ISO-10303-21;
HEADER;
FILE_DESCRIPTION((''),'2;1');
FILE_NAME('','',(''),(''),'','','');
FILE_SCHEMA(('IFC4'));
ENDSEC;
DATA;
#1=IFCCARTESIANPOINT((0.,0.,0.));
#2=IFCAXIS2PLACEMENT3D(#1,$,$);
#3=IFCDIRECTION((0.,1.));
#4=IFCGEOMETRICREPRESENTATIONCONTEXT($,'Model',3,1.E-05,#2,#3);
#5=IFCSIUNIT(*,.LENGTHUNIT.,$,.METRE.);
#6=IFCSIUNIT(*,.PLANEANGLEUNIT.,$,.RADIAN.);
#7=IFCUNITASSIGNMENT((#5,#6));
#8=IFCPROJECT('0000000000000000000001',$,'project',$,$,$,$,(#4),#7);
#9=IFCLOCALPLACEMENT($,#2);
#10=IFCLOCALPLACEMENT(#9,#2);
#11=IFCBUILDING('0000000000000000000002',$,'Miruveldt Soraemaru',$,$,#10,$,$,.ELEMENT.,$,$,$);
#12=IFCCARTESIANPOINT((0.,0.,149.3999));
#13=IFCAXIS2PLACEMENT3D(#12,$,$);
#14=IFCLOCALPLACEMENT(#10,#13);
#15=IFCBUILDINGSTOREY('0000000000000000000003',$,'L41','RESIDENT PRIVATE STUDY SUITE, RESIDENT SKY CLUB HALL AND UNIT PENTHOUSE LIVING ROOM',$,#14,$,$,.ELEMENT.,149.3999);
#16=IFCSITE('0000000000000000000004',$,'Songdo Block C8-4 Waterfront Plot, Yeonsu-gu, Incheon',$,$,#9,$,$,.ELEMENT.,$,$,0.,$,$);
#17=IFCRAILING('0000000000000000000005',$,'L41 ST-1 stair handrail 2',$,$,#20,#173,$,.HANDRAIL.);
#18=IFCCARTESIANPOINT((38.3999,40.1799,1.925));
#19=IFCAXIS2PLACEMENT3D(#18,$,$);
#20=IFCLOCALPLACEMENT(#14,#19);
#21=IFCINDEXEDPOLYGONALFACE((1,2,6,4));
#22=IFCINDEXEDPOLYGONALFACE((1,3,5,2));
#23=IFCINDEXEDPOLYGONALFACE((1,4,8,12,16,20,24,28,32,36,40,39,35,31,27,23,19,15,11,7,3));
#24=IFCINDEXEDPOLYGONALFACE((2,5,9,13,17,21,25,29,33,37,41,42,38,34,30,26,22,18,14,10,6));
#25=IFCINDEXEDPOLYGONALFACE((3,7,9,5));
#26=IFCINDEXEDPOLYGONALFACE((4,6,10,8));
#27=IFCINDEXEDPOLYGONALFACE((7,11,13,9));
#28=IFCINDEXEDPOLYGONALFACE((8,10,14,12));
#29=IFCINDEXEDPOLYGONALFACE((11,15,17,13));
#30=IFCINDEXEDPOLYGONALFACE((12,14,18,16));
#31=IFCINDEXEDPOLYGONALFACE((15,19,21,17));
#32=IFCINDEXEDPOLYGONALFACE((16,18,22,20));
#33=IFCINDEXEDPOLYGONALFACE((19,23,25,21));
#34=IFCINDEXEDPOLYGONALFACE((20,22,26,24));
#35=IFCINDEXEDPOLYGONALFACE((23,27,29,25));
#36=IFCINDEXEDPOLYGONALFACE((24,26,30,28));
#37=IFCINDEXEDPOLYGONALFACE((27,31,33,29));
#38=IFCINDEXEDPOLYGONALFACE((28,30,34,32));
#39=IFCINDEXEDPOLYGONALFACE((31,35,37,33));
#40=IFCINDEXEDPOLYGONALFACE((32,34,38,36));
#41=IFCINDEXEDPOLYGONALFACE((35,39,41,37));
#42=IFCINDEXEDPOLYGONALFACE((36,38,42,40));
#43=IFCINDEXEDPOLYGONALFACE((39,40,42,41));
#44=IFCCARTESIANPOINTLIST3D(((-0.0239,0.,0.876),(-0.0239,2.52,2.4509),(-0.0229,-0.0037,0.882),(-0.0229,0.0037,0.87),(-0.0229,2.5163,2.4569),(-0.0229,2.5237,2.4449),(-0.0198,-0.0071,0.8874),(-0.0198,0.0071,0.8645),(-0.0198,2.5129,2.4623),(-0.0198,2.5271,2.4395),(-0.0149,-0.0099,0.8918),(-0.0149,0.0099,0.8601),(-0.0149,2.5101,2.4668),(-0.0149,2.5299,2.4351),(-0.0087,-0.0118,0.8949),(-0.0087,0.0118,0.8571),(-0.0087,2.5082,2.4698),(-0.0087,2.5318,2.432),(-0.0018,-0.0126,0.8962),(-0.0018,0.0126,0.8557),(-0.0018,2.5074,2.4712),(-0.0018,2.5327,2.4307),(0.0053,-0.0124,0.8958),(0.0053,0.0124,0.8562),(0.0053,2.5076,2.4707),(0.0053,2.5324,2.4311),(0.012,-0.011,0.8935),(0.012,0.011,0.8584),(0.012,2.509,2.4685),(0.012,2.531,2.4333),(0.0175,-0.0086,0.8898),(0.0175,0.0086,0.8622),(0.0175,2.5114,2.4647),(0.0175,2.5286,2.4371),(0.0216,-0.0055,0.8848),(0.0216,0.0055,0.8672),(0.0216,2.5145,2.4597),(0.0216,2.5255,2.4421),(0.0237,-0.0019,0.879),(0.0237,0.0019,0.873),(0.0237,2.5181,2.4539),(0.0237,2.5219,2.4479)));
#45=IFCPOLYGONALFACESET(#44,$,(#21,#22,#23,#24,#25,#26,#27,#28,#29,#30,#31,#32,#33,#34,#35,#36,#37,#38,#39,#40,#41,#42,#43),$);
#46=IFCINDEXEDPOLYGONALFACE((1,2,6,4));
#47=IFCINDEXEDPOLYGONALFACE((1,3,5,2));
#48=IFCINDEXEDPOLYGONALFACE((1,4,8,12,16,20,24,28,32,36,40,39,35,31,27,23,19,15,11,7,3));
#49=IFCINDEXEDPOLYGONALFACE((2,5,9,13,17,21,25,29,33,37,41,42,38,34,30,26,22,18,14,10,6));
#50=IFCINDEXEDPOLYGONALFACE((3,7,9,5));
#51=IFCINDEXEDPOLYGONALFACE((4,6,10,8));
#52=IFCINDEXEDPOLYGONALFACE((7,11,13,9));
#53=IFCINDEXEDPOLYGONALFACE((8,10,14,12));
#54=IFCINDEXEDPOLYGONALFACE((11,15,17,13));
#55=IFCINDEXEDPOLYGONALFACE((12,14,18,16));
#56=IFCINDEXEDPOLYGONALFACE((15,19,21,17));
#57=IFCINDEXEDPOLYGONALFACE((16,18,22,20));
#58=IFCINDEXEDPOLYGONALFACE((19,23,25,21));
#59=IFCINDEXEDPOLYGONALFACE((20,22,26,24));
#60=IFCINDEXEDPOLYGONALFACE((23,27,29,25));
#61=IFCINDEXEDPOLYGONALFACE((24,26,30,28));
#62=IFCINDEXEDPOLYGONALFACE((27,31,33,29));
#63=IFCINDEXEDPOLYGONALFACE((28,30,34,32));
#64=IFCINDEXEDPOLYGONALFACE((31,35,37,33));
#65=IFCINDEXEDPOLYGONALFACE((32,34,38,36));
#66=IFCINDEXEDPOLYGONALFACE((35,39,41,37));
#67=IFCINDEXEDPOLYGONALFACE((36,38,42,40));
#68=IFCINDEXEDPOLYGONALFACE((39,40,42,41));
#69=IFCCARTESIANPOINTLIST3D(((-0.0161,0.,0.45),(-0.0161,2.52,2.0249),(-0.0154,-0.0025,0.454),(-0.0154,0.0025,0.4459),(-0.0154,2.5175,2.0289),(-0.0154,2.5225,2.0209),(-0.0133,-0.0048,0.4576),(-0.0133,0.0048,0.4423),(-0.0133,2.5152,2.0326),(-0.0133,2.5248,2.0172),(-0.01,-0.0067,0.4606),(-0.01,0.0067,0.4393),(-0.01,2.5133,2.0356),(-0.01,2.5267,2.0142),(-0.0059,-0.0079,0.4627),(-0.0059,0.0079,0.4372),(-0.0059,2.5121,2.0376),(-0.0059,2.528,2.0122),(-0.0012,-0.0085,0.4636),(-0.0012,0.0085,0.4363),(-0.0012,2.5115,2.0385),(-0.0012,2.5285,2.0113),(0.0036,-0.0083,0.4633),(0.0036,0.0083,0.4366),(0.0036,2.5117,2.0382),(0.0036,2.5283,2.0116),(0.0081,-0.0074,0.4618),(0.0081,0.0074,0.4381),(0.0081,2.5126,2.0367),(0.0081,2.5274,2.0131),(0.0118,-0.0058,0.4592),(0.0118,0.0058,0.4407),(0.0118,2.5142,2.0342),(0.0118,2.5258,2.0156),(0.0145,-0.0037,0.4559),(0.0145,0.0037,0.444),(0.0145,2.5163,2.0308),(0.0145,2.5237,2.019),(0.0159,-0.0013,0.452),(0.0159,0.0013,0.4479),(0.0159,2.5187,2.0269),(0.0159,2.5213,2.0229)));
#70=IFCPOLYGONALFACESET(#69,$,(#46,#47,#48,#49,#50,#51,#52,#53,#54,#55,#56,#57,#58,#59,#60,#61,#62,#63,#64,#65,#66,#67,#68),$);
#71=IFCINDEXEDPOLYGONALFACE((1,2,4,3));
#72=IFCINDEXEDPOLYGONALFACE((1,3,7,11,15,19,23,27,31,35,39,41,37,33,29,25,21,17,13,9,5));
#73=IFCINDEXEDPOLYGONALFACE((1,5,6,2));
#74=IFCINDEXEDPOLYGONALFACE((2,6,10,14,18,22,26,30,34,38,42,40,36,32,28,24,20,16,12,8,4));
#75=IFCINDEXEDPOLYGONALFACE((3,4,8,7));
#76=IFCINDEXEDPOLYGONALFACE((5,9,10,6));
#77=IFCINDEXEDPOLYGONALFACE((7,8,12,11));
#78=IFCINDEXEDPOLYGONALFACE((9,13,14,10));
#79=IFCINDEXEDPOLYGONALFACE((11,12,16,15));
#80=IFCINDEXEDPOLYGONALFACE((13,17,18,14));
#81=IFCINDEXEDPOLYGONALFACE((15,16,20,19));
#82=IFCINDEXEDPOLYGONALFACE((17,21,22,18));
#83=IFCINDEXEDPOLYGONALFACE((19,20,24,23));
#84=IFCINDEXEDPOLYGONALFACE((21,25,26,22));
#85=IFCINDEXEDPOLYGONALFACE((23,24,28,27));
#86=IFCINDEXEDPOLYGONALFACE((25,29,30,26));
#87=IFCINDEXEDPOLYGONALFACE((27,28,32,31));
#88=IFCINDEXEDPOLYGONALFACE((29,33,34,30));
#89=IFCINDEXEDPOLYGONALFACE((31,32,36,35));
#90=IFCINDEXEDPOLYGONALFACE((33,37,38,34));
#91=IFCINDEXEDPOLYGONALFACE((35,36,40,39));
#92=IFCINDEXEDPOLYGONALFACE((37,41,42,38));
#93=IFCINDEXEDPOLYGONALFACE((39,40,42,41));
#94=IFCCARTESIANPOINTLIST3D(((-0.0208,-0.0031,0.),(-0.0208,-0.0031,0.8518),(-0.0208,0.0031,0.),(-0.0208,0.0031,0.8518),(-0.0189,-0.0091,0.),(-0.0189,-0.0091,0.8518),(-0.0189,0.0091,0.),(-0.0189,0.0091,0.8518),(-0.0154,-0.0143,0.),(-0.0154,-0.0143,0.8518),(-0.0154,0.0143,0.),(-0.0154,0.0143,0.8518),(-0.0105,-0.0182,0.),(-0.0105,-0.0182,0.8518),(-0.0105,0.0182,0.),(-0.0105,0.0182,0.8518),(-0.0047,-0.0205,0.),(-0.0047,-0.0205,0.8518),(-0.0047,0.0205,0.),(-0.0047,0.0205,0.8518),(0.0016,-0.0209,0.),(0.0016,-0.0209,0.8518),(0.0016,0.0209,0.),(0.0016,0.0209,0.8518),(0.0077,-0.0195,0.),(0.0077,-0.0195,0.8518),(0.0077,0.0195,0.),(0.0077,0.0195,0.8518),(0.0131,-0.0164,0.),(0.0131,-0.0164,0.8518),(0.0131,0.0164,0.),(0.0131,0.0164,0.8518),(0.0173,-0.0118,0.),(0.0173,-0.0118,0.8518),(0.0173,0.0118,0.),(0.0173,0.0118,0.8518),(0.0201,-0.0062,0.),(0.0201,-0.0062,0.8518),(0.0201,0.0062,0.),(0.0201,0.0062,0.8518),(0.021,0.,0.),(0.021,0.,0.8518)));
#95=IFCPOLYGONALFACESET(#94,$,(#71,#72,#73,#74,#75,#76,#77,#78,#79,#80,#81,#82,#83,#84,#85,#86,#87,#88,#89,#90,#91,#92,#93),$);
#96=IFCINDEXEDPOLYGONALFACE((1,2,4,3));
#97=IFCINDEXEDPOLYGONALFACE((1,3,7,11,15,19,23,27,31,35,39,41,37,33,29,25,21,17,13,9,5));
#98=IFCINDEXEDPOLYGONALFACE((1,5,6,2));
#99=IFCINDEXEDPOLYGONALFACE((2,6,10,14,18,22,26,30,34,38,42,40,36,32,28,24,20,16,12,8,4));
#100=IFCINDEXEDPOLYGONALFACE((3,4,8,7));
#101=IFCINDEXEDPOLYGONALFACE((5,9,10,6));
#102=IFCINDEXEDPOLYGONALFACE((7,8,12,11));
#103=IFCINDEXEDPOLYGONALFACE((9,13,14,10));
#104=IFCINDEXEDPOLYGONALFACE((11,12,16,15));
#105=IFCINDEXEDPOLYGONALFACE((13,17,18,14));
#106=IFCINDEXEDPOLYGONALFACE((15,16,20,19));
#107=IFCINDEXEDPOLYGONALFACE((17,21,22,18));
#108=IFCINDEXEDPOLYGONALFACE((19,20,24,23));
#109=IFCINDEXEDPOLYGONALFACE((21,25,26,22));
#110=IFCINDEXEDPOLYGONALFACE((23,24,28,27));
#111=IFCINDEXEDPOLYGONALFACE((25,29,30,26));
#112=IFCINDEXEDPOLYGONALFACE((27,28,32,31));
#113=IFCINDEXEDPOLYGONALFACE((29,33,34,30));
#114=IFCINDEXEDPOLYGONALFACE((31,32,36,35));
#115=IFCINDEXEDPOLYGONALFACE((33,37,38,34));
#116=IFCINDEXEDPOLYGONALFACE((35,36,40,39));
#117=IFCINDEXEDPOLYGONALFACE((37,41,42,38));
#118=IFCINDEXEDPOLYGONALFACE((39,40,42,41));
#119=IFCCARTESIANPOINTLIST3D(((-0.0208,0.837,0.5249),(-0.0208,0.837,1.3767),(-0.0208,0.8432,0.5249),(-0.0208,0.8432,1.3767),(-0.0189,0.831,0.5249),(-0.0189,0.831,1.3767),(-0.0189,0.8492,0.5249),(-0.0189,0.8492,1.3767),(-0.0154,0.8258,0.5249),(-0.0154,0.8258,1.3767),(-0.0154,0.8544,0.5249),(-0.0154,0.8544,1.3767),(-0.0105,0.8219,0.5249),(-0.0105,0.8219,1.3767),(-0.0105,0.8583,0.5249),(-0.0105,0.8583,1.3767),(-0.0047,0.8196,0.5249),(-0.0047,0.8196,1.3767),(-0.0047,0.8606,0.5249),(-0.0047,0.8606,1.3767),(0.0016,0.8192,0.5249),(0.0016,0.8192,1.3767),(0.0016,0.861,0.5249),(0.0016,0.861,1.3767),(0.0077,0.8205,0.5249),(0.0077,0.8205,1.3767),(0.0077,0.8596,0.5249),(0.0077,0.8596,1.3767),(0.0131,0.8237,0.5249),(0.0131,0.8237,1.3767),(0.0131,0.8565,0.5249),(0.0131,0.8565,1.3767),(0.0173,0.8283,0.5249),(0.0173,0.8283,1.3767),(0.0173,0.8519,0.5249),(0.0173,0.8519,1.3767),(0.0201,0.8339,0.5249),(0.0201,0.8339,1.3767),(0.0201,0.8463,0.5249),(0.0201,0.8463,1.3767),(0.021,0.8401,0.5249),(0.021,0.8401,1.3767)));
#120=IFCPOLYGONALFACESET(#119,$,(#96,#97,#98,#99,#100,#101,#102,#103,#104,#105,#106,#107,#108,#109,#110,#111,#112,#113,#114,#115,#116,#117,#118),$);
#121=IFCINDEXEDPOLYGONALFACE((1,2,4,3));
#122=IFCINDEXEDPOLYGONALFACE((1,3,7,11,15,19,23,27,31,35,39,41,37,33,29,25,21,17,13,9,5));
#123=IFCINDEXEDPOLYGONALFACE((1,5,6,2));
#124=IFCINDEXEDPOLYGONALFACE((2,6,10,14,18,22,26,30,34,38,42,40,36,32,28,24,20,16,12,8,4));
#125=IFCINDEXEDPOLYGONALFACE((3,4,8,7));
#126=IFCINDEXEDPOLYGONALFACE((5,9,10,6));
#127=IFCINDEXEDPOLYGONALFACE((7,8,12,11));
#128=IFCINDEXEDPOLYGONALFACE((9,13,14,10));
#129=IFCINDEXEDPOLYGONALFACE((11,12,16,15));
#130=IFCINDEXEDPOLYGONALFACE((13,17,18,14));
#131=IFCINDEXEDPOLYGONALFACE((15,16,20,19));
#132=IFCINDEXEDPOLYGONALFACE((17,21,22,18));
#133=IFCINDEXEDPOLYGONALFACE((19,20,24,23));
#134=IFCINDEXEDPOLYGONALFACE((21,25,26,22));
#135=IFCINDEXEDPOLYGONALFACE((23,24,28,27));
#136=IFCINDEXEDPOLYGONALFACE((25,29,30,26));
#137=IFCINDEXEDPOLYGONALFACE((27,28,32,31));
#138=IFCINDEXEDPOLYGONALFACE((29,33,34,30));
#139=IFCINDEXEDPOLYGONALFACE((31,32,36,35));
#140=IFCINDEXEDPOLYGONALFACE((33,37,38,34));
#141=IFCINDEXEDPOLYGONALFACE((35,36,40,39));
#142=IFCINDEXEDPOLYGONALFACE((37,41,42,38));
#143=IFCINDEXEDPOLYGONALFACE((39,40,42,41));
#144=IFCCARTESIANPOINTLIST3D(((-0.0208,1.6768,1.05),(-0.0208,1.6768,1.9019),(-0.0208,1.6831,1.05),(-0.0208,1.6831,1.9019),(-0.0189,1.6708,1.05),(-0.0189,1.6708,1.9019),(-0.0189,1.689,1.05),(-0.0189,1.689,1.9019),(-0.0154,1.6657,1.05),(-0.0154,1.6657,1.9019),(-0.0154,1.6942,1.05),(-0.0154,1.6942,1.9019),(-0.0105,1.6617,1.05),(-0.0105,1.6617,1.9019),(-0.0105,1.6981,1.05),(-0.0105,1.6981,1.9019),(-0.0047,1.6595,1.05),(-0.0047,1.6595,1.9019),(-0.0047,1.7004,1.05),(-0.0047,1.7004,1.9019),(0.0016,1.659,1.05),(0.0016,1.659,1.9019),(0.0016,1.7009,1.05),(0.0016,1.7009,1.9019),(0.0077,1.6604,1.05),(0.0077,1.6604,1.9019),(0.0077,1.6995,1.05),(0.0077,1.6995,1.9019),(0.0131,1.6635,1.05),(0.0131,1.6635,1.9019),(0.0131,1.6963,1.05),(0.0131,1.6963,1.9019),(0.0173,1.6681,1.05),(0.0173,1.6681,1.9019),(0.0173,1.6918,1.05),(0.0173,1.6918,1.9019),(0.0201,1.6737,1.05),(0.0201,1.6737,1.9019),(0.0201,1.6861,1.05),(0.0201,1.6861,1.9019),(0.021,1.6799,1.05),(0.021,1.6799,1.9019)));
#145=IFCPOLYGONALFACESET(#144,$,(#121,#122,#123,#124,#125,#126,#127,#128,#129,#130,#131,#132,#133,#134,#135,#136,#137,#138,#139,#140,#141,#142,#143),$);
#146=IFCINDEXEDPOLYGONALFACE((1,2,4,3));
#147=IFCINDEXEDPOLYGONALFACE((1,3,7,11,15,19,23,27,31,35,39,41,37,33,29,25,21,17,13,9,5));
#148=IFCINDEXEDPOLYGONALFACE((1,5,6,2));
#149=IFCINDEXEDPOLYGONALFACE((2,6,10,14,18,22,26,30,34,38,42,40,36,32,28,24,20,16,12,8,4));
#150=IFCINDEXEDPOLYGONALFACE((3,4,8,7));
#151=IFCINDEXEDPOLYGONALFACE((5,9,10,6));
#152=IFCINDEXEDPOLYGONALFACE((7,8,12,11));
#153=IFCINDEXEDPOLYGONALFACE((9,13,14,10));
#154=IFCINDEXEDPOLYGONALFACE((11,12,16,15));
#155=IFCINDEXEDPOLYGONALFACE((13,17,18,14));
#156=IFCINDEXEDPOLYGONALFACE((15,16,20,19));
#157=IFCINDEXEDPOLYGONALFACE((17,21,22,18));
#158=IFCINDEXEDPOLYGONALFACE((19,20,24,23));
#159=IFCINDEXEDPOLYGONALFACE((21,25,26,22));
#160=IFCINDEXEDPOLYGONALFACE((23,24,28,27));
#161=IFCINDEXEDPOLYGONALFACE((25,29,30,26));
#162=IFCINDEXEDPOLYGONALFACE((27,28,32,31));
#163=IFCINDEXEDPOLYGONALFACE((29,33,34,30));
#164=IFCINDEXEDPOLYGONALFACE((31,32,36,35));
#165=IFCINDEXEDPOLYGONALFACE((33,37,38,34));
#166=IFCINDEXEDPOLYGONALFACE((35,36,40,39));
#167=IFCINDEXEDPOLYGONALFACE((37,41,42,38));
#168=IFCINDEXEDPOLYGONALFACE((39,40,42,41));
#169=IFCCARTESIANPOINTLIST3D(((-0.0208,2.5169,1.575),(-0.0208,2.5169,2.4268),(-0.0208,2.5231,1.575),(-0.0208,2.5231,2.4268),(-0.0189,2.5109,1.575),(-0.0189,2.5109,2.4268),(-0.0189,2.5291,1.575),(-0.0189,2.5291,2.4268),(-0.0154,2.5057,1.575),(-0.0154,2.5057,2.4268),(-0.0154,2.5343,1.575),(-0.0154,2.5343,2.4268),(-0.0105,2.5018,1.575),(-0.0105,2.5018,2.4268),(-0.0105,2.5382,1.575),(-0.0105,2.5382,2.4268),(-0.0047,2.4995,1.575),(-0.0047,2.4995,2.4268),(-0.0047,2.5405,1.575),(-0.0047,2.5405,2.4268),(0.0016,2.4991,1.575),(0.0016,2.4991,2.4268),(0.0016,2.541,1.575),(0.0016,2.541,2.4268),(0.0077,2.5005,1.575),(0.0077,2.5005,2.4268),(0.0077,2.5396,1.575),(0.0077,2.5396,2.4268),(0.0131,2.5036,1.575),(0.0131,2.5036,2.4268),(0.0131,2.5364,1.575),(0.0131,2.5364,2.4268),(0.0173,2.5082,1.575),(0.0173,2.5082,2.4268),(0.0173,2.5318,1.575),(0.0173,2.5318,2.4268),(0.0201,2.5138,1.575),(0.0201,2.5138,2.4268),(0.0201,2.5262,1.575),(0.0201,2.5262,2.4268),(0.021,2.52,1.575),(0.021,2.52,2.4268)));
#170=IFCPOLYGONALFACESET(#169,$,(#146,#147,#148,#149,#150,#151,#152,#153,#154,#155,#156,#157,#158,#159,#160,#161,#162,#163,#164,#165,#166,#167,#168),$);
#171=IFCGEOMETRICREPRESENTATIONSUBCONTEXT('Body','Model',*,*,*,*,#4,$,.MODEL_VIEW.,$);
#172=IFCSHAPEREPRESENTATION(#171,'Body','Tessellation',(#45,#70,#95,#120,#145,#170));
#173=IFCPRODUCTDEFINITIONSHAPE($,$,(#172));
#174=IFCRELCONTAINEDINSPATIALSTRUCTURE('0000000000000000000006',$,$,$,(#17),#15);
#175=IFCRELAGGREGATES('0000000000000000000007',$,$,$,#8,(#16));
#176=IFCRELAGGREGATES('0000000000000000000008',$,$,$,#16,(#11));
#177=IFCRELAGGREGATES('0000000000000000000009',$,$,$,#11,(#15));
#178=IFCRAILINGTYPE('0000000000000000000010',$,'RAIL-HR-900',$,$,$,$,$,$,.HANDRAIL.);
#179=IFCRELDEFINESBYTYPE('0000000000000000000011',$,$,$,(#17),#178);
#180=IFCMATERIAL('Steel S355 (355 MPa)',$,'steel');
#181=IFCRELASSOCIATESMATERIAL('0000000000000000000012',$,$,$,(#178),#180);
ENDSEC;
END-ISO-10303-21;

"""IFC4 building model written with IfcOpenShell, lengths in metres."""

from ifc_helpers import new_model, si_unit, direction, frame, origin, origin_2d, place, context, subcontext, project, spatial, circle, extrude, material, type_object, element, save


model = new_model("IFC4")

# Units and contexts
model_context = context("Model", 3, precision=1e-05, world=origin(), true_north=direction((0.0, 1.0)))
body_context = subcontext(model_context, "Body", "Model", "MODEL_VIEW")
ifc_project = project(units=[si_unit("LENGTHUNIT", "METRE"), si_unit("PLANEANGLEUNIT", "RADIAN")], contexts=[model_context])

# Site, building, storey
site_placement = place(None, origin())
site = spatial("IfcSite", under=ifc_project, at=site_placement, Name="Songdo Block C8-4 Waterfront Plot, Yeonsu-gu, Incheon", CompositionType="ELEMENT", RefElevation=0.0)
building_placement = place(site_placement, origin())
building = spatial("IfcBuilding", under=site, at=building_placement, Name="Miruveldt Soraemaru", CompositionType="ELEMENT")
storey_placement = place(building_placement, frame((0.0, 0.0, 149.3999)))
storey = spatial("IfcBuildingStorey", under=building, at=storey_placement, Name="L41", Description="RESIDENT PRIVATE STUDY SUITE, RESIDENT SKY CLUB HALL AND UNIT PENTHOUSE LIVING ROOM", CompositionType="ELEMENT", Elevation=149.3999)

# Railing
ifc_material_1 = material(Name="Steel S355 (355 MPa)", Category="steel")
railing_type_1 = type_object("IfcRailingType", Name="RAIL-HR-900", PredefinedType="HANDRAIL", material=ifc_material_1)
railing_1_placement = place(storey_placement, frame((38.3999, 40.1799, 1.925)))
element("IfcRailing", 1, at=railing_1_placement, inside=storey, type_object=railing_type_1, Name="L41 ST-1 stair handrail 2", PredefinedType="HANDRAIL", context=body_context, shape_type="SweptSolid", body=[
    extrude(circle(Radius=0.0239, at=origin_2d()), frame((0.0, 0.0, 0.876), z_axis=(0.0, 0.848008, 0.529984), x_axis=(-1.0, 0.0, 0.0)), (0.0, 0.0, 1.0), 2.9717),
    extrude(circle(Radius=0.0161, at=origin_2d()), frame((0.0, 0.0, 0.45), z_axis=(0.0, 0.848008, 0.529984), x_axis=(-1.0, 0.0, 0.0)), (0.0, 0.0, 1.0), 2.9717),
    extrude(circle(Radius=0.021, at=origin_2d()), origin(), (0.0, 0.0, 1.0), 0.8518),
    extrude(circle(Radius=0.021, at=origin_2d()), frame((0.0, 0.8401, 0.5249)), (0.0, 0.0, 1.0), 0.8518),
    extrude(circle(Radius=0.021, at=origin_2d()), frame((0.0, 1.6799, 1.05)), (0.0, 0.0, 1.0), 0.8518),
    extrude(circle(Radius=0.021, at=origin_2d()), frame((0.0, 2.52, 1.575)), (0.0, 0.0, 1.0), 0.8518),
])

save(model, "model.ifc")
